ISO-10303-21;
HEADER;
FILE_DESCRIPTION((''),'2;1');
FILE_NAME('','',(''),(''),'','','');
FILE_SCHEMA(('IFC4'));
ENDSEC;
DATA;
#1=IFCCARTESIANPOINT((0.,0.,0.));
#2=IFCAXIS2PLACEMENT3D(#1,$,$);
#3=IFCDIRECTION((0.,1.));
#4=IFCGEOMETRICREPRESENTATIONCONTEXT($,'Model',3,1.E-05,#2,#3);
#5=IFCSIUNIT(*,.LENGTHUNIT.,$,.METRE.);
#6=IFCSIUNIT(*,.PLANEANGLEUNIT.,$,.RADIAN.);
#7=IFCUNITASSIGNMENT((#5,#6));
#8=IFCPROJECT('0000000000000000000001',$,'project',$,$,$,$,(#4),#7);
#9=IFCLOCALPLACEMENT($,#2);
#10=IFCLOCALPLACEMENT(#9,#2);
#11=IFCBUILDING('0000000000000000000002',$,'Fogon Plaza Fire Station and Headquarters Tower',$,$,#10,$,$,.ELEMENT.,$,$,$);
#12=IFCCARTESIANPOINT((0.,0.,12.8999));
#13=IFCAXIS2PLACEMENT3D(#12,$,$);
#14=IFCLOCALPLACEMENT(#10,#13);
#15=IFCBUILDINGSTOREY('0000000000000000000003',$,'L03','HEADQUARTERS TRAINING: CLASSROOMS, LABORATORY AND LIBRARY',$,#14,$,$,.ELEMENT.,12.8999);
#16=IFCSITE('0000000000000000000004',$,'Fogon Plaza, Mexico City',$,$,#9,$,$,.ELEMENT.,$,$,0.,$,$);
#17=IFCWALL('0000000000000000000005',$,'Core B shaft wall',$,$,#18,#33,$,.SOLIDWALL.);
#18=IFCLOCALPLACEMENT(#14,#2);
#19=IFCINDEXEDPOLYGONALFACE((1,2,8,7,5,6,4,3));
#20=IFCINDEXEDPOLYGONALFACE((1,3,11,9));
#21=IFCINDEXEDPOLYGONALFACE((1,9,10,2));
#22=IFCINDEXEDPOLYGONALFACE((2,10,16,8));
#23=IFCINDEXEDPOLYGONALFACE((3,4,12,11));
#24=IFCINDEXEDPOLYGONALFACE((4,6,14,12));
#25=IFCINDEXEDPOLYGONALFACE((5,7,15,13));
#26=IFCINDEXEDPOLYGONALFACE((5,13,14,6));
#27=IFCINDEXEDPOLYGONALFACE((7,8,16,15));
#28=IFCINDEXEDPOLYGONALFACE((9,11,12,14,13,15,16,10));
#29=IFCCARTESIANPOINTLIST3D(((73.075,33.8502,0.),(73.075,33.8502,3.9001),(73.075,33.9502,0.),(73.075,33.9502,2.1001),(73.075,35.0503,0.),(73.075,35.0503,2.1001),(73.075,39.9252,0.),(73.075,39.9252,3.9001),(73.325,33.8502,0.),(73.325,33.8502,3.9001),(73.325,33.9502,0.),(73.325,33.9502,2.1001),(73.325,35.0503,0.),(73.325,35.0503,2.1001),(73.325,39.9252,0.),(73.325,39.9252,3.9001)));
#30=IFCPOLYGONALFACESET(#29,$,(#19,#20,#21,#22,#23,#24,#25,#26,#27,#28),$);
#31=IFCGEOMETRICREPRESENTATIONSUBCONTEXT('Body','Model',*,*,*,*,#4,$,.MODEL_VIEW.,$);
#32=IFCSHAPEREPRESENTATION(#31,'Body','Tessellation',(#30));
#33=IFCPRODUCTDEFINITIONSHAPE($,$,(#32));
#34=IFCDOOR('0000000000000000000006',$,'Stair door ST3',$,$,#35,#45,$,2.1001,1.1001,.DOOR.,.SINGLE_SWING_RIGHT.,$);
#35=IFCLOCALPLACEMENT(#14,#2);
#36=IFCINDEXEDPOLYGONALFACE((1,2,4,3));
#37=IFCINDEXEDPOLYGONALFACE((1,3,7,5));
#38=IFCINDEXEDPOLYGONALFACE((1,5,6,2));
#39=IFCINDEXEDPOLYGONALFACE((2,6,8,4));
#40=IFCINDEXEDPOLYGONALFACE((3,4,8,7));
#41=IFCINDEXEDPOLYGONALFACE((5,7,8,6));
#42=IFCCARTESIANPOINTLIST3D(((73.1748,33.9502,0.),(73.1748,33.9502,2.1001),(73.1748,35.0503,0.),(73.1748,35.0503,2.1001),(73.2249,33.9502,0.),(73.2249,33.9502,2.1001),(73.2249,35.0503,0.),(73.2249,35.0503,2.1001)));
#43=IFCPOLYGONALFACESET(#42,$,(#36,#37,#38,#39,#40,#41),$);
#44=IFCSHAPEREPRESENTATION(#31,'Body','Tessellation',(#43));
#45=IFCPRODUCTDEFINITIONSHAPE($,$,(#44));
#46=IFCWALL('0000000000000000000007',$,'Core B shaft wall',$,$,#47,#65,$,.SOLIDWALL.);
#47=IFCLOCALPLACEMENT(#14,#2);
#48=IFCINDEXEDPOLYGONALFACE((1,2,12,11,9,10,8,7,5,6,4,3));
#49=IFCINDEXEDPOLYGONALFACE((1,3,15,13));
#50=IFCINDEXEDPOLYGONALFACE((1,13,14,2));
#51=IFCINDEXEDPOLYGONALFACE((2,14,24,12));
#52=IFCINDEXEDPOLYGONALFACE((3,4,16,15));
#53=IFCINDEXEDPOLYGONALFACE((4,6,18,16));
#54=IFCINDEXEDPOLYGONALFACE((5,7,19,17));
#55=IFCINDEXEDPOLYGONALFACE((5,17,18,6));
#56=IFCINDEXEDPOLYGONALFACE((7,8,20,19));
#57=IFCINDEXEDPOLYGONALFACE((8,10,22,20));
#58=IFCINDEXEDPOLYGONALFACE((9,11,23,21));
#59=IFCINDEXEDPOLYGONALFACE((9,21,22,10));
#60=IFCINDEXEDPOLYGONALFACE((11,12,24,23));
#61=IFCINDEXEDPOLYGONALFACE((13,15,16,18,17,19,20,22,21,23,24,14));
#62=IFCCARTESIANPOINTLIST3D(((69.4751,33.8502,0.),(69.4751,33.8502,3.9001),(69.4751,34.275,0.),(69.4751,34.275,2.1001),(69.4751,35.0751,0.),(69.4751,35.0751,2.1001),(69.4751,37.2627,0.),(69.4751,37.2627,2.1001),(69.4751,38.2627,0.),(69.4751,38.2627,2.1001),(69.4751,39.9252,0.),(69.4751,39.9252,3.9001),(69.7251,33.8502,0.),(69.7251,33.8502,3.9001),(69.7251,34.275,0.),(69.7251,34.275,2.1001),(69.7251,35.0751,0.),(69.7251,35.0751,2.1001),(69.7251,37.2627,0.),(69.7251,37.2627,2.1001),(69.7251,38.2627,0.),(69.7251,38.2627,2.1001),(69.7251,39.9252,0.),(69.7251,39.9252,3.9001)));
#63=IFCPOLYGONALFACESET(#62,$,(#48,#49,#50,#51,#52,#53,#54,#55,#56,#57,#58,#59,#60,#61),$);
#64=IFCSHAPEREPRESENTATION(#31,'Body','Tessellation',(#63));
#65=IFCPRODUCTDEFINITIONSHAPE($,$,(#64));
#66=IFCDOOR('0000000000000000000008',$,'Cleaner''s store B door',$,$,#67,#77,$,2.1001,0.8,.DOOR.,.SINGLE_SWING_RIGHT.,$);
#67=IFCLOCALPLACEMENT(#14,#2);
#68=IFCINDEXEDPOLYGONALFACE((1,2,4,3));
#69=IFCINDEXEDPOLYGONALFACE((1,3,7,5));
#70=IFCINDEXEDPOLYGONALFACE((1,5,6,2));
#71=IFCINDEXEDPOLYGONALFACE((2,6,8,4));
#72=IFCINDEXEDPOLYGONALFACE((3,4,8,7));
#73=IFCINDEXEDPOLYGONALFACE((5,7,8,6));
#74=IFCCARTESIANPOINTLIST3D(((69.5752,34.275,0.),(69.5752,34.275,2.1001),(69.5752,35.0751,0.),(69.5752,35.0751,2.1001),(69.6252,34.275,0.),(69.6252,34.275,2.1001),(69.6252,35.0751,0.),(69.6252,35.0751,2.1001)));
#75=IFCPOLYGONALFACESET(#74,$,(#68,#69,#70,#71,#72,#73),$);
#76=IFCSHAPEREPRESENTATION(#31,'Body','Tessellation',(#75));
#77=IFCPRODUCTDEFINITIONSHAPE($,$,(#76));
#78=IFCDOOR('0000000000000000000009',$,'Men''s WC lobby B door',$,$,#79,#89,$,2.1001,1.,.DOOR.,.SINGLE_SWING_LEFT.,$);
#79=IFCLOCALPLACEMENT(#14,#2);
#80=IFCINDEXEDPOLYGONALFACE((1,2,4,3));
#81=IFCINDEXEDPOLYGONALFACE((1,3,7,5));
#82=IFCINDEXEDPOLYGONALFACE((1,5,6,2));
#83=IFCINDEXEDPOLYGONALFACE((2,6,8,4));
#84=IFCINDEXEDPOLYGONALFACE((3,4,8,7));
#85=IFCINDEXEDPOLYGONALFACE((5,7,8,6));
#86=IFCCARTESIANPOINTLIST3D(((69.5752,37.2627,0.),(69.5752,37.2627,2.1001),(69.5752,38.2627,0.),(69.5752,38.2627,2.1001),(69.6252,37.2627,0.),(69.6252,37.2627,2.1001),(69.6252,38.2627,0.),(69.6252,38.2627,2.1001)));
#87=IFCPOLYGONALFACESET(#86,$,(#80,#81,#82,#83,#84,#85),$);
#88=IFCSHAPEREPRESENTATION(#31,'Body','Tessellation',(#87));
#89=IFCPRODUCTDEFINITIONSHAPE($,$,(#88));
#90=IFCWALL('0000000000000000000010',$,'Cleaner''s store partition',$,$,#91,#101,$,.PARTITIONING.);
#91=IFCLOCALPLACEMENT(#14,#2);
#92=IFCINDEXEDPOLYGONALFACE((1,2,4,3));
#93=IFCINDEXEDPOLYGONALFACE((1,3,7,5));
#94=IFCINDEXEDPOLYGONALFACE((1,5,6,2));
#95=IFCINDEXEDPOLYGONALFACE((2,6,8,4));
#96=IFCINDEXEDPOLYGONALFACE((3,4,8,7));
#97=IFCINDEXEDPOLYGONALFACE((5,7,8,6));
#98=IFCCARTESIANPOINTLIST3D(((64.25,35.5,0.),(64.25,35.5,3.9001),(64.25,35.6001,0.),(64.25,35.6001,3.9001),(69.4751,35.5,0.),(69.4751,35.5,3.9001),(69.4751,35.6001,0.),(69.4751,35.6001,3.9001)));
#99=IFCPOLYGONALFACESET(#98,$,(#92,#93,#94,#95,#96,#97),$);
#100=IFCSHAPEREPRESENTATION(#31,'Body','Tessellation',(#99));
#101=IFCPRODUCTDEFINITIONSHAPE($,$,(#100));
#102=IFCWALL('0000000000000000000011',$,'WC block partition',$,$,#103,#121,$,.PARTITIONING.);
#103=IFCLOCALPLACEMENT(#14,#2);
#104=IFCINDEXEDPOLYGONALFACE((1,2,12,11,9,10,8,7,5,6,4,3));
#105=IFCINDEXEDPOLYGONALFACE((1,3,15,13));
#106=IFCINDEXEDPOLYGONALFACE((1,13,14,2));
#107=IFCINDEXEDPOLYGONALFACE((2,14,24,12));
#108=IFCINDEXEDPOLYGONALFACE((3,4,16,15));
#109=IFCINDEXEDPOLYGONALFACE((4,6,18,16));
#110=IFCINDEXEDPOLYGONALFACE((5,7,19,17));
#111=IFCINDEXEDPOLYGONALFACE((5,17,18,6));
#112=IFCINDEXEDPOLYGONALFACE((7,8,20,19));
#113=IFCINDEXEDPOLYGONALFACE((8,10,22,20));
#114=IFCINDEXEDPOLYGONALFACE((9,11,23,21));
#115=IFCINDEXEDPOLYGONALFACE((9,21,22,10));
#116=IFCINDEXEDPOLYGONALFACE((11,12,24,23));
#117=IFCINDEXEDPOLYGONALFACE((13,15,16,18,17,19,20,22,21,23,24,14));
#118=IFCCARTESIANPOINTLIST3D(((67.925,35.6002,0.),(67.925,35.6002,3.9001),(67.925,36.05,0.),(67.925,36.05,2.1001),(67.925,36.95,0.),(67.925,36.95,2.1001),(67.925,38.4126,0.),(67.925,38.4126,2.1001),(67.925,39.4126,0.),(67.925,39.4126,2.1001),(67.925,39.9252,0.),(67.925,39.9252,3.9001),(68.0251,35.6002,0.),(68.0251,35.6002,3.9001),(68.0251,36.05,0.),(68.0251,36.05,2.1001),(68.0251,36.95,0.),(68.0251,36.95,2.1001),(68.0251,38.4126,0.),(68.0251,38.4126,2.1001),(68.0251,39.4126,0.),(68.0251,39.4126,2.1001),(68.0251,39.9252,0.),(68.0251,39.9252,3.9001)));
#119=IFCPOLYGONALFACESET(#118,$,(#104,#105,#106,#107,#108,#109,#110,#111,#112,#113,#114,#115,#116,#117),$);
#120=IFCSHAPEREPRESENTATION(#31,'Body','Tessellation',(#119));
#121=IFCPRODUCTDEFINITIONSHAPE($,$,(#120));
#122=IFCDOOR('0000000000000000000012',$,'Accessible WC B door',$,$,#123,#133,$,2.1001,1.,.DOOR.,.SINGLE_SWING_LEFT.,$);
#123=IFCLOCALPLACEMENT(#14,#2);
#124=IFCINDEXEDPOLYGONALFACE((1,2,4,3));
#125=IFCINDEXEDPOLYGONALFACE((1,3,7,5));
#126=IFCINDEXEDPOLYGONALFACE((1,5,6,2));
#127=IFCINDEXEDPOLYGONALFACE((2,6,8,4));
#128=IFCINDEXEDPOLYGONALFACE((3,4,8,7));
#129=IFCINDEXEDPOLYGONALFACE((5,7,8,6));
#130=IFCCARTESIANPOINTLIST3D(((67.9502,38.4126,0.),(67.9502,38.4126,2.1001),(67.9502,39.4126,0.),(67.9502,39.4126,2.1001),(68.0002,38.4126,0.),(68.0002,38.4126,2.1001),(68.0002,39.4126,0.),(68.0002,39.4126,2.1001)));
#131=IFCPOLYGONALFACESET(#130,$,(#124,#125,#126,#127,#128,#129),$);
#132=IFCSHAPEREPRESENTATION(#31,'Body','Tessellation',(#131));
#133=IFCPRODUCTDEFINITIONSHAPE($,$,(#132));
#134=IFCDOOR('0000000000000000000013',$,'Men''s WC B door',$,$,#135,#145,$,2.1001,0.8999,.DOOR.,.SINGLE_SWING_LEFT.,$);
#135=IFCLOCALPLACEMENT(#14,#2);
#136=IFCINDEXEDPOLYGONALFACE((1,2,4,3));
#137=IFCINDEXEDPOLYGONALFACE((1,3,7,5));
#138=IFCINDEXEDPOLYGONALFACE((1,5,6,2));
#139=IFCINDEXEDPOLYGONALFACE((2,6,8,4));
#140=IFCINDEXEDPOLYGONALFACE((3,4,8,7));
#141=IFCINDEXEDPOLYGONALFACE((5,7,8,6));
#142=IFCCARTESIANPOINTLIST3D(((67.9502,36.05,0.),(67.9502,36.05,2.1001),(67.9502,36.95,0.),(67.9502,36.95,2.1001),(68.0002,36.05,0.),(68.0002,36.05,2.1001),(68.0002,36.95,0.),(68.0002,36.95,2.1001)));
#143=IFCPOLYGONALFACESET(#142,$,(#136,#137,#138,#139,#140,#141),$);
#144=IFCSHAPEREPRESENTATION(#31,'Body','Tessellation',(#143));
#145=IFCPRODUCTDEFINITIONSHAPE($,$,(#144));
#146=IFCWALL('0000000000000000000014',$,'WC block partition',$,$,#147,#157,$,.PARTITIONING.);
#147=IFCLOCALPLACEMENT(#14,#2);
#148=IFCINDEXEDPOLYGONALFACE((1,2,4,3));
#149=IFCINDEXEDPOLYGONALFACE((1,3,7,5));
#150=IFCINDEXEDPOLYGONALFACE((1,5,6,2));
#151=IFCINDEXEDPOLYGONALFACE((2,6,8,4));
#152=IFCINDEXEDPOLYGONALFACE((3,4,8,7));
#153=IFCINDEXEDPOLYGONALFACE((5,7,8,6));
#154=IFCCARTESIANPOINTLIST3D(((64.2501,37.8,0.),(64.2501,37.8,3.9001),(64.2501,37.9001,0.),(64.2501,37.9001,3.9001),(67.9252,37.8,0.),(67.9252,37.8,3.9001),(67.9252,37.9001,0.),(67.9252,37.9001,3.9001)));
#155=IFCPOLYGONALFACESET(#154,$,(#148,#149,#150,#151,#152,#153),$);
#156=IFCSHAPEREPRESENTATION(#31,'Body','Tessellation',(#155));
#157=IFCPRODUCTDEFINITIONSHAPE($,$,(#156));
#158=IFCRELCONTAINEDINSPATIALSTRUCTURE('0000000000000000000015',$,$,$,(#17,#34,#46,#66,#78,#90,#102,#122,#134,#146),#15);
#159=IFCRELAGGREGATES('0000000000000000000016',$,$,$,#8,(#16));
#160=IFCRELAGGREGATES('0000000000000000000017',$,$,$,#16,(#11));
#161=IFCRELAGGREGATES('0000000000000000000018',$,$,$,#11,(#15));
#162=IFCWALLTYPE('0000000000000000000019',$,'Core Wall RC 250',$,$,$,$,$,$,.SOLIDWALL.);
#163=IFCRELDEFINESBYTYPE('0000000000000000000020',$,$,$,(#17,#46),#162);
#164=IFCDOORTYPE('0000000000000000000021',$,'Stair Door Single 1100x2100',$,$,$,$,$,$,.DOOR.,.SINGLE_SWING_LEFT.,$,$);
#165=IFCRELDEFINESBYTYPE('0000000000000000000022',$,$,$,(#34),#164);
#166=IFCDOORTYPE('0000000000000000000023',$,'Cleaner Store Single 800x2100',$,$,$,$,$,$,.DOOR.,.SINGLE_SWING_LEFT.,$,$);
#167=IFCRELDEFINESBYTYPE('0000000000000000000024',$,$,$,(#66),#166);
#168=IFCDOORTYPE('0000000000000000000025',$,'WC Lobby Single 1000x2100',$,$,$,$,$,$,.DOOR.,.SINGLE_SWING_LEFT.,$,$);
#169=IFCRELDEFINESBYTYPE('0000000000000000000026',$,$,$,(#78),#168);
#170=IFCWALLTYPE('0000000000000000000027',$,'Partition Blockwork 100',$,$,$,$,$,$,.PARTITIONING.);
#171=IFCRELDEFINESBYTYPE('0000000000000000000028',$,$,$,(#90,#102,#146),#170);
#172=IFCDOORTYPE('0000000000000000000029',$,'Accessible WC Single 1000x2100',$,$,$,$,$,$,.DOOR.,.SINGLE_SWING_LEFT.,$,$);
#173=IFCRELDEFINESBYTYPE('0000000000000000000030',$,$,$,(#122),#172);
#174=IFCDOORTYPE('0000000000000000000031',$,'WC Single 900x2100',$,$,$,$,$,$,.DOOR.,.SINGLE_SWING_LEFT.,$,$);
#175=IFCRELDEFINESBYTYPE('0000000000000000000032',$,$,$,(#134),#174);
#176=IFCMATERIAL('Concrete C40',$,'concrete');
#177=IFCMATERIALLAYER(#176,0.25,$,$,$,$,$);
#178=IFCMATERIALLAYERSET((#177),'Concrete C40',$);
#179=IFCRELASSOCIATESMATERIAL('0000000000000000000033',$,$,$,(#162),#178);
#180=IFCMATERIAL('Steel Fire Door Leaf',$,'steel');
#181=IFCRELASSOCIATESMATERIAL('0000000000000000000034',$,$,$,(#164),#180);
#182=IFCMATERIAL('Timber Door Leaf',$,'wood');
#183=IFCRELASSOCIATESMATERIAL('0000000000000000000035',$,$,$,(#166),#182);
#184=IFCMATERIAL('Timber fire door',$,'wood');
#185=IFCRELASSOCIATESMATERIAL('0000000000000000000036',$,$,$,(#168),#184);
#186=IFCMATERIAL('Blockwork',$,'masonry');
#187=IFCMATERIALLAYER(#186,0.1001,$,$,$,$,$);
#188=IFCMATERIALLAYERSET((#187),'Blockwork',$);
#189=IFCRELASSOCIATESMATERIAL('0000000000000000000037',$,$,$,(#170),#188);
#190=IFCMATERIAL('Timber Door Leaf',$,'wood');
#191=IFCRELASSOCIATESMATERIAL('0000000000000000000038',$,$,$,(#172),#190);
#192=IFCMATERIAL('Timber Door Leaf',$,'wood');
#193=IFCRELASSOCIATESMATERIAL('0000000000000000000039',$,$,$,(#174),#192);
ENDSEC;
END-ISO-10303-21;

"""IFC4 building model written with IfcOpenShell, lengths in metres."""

from ifc_helpers import new_model, si_unit, direction, frame, frame_2d, origin, place, context, subcontext, project, spatial, rectangle, extrude, material, layer, layer_set, type_object, element, fill, save


model = new_model("IFC4")

# Units and contexts
model_context = context("Model", 3, precision=1e-05, world=origin(), true_north=direction((0.0, 1.0)))
body_context = subcontext(model_context, "Body", "Model", "MODEL_VIEW")
ifc_project = project(units=[si_unit("LENGTHUNIT", "METRE"), si_unit("PLANEANGLEUNIT", "RADIAN")], contexts=[model_context])

# Site, building, storey
site_placement = place(None, origin())
site = spatial("IfcSite", under=ifc_project, at=site_placement, Name="Fogon Plaza, Mexico City", CompositionType="ELEMENT", RefElevation=0.0)
building_placement = place(site_placement, origin())
building = spatial("IfcBuilding", under=site, at=building_placement, Name="Fogon Plaza Fire Station and Headquarters Tower", CompositionType="ELEMENT")
storey_placement = place(building_placement, frame((0.0, 0.0, 12.8999)))
storey = spatial("IfcBuildingStorey", under=building, at=storey_placement, Name="L03", Description="HEADQUARTERS TRAINING: CLASSROOMS, LABORATORY AND LIBRARY", CompositionType="ELEMENT", Elevation=12.8999)

# Wall, opening, door
ifc_material_1 = material(Name="Concrete C40", Category="concrete")
ifc_layer_1 = layer(ifc_material_1, 0.25)
ifc_layer_set_1 = layer_set([ifc_layer_1], Name="Concrete C40")
wall_type_1 = type_object("IfcWallType", Name="Core Wall RC 250", PredefinedType="SOLIDWALL", material=ifc_layer_set_1)
wall_1_placement = place(storey_placement, frame((73.2, 33.8501, 0.0), z_axis=(0.0, 0.0, 1.0), x_axis=(0.0, 1.0, 0.0)))
wall_1 = element("IfcWall", 1, at=wall_1_placement, inside=storey, type_object=wall_type_1, Name="Core B shaft wall", PredefinedType="SOLIDWALL", context=body_context, shape_type="SweptSolid", body=[
    extrude(rectangle(XDim=6.075, YDim=0.25, at=frame_2d((3.0376, 0.0))), origin(), (0.0, 0.0, 1.0), 3.9001),
])
opening_1_placement = place(wall_1_placement, frame((0.1001, 0.0, 0.0)))
opening_1 = element("IfcOpeningElement", 2, at=opening_1_placement, cuts=wall_1, PredefinedType="OPENING", context=body_context, shape_type="SweptSolid", body=[
    extrude(rectangle(XDim=1.1001, YDim=2.1001, at=frame_2d((0.55, 1.05))), frame((0.0, 0.135, 0.0), z_axis=(0.0, -1.0, 0.0), x_axis=(1.0, 0.0, 0.0)), (0.0, 0.0, 1.0), 0.27),
])
ifc_material_2 = material(Name="Steel Fire Door Leaf", Category="steel")
door_type_1 = type_object("IfcDoorType", Name="Stair Door Single 1100x2100", OperationType="SINGLE_SWING_LEFT", PredefinedType="DOOR", material=ifc_material_2)
door_1_placement = place(opening_1_placement, frame((1.1001, 0.0, 0.0), z_axis=(0.0, 0.0, 1.0), x_axis=(-1.0, 0.0, 0.0)))
door_1 = element("IfcDoor", 3, at=door_1_placement, inside=storey, type_object=door_type_1, Name="Stair door ST3", OperationType="SINGLE_SWING_RIGHT", OverallHeight=2.1001, OverallWidth=1.1001, PredefinedType="DOOR", context=body_context, shape_type="SweptSolid", body=[
    extrude(rectangle(XDim=1.1001, YDim=2.1001, at=frame_2d((0.55, 1.05))), frame((0.0, 0.0249, 0.0), z_axis=(0.0, -1.0, 0.0), x_axis=(1.0, 0.0, 0.0)), (0.0, 0.0, 1.0), 0.05),
])
fill(opening_1, door_1)

# Wall, openings, doors
wall_2_placement = place(storey_placement, frame((69.6001, 33.8501, 0.0), z_axis=(0.0, 0.0, 1.0), x_axis=(0.0, 1.0, 0.0)))
wall_2 = element("IfcWall", 4, at=wall_2_placement, inside=storey, type_object=wall_type_1, Name="Core B shaft wall", PredefinedType="SOLIDWALL", context=body_context, shape_type="SweptSolid", body=[
    extrude(rectangle(XDim=6.075, YDim=0.25, at=frame_2d((3.0376, 0.0))), origin(), (0.0, 0.0, 1.0), 3.9001),
])
opening_2_placement = place(wall_2_placement, frame((0.425, 0.0, 0.0)))
opening_2 = element("IfcOpeningElement", 5, at=opening_2_placement, cuts=wall_2, PredefinedType="OPENING", context=body_context, shape_type="SweptSolid", body=[
    extrude(rectangle(XDim=0.8, YDim=2.1001, at=frame_2d((0.3999, 1.05))), frame((0.0, 0.135, 0.0), z_axis=(0.0, -1.0, 0.0), x_axis=(1.0, 0.0, 0.0)), (0.0, 0.0, 1.0), 0.27),
])
opening_3_placement = place(wall_2_placement, frame((3.4126, 0.0, 0.0)))
opening_3 = element("IfcOpeningElement", 6, at=opening_3_placement, cuts=wall_2, PredefinedType="OPENING", context=body_context, shape_type="SweptSolid", body=[
    extrude(rectangle(XDim=1.0, YDim=2.1001, at=frame_2d((0.5, 1.05))), frame((0.0, 0.135, 0.0), z_axis=(0.0, -1.0, 0.0), x_axis=(1.0, 0.0, 0.0)), (0.0, 0.0, 1.0), 0.27),
])
ifc_material_3 = material(Name="Timber Door Leaf", Category="wood")
door_type_2 = type_object("IfcDoorType", Name="Cleaner Store Single 800x2100", OperationType="SINGLE_SWING_LEFT", PredefinedType="DOOR", material=ifc_material_3)
door_2_placement = place(opening_2_placement, origin())
door_2 = element("IfcDoor", 7, at=door_2_placement, inside=storey, type_object=door_type_2, Name="Cleaner's store B door", OperationType="SINGLE_SWING_RIGHT", OverallHeight=2.1001, OverallWidth=0.8, PredefinedType="DOOR", context=body_context, shape_type="SweptSolid", body=[
    extrude(rectangle(XDim=0.8, YDim=2.1001, at=frame_2d((0.3999, 1.05))), frame((0.0, 0.0249, 0.0), z_axis=(0.0, -1.0, 0.0), x_axis=(1.0, 0.0, 0.0)), (0.0, 0.0, 1.0), 0.05),
])
fill(opening_2, door_2)
ifc_material_4 = material(Name="Timber fire door", Category="wood")
door_type_3 = type_object("IfcDoorType", Name="WC Lobby Single 1000x2100", OperationType="SINGLE_SWING_LEFT", PredefinedType="DOOR", material=ifc_material_4)
door_3_placement = place(opening_3_placement, origin())
door_3 = element("IfcDoor", 8, at=door_3_placement, inside=storey, type_object=door_type_3, Name="Men's WC lobby B door", OperationType="SINGLE_SWING_LEFT", OverallHeight=2.1001, OverallWidth=1.0, PredefinedType="DOOR", context=body_context, shape_type="SweptSolid", body=[
    extrude(rectangle(XDim=1.0, YDim=2.1001, at=frame_2d((0.5, 1.05))), frame((0.0, 0.0249, 0.0), z_axis=(0.0, -1.0, 0.0), x_axis=(1.0, 0.0, 0.0)), (0.0, 0.0, 1.0), 0.05),
])
fill(opening_3, door_3)

# Wall
ifc_material_5 = material(Name="Blockwork", Category="masonry")
ifc_layer_2 = layer(ifc_material_5, 0.1001)
ifc_layer_set_2 = layer_set([ifc_layer_2], Name="Blockwork")
wall_type_2 = type_object("IfcWallType", Name="Partition Blockwork 100", PredefinedType="PARTITIONING", material=ifc_layer_set_2)
wall_3_placement = place(storey_placement, frame((69.4751, 35.55, 0.0), z_axis=(0.0, 0.0, 1.0), x_axis=(-1.0, 0.0, 0.0)))
element("IfcWall", 9, at=wall_3_placement, inside=storey, type_object=wall_type_2, Name="Cleaner's store partition", PredefinedType="PARTITIONING", context=body_context, shape_type="SweptSolid", body=[
    extrude(rectangle(XDim=5.2251, YDim=0.1001, at=frame_2d((2.6125, 0.0))), origin(), (0.0, 0.0, 1.0), 3.9001),
])

# Wall, openings, doors
wall_4_placement = place(storey_placement, frame((67.9751, 35.6001, 0.0), z_axis=(0.0, 0.0, 1.0), x_axis=(0.0, 1.0, 0.0)))
wall_4 = element("IfcWall", 10, at=wall_4_placement, inside=storey, type_object=wall_type_2, Name="WC block partition", PredefinedType="PARTITIONING", context=body_context, shape_type="SweptSolid", body=[
    extrude(rectangle(XDim=4.325, YDim=0.1001, at=frame_2d((2.1626, 0.0))), origin(), (0.0, 0.0, 1.0), 3.9001),
])
opening_4_placement = place(wall_4_placement, frame((0.45, 0.0, 0.0)))
opening_4 = element("IfcOpeningElement", 11, at=opening_4_placement, cuts=wall_4, PredefinedType="OPENING", context=body_context, shape_type="SweptSolid", body=[
    extrude(rectangle(XDim=0.8999, YDim=2.1001, at=frame_2d((0.45, 1.05))), frame((0.0, 0.0601, 0.0), z_axis=(0.0, -1.0, 0.0), x_axis=(1.0, 0.0, 0.0)), (0.0, 0.0, 1.0), 0.1201),
])
opening_5_placement = place(wall_4_placement, frame((2.8125, 0.0, 0.0)))
opening_5 = element("IfcOpeningElement", 12, at=opening_5_placement, cuts=wall_4, PredefinedType="OPENING", context=body_context, shape_type="SweptSolid", body=[
    extrude(rectangle(XDim=1.0, YDim=2.1001, at=frame_2d((0.5, 1.05))), frame((0.0, 0.0601, 0.0), z_axis=(0.0, -1.0, 0.0), x_axis=(1.0, 0.0, 0.0)), (0.0, 0.0, 1.0), 0.1201),
])
ifc_material_6 = material(Name="Timber Door Leaf", Category="wood")
door_type_4 = type_object("IfcDoorType", Name="Accessible WC Single 1000x2100", OperationType="SINGLE_SWING_LEFT", PredefinedType="DOOR", material=ifc_material_6)
door_4_placement = place(opening_5_placement, origin())
door_4 = element("IfcDoor", 13, at=door_4_placement, inside=storey, type_object=door_type_4, Name="Accessible WC B door", OperationType="SINGLE_SWING_LEFT", OverallHeight=2.1001, OverallWidth=1.0, PredefinedType="DOOR", context=body_context, shape_type="SweptSolid", body=[
    extrude(rectangle(XDim=1.0, YDim=2.1001, at=frame_2d((0.5, 1.05))), frame((0.0, 0.0249, 0.0), z_axis=(0.0, -1.0, 0.0), x_axis=(1.0, 0.0, 0.0)), (0.0, 0.0, 1.0), 0.05),
])
fill(opening_5, door_4)
ifc_material_7 = material(Name="Timber Door Leaf", Category="wood")
door_type_5 = type_object("IfcDoorType", Name="WC Single 900x2100", OperationType="SINGLE_SWING_LEFT", PredefinedType="DOOR", material=ifc_material_7)
door_5_placement = place(opening_4_placement, origin())
door_5 = element("IfcDoor", 14, at=door_5_placement, inside=storey, type_object=door_type_5, Name="Men's WC B door", OperationType="SINGLE_SWING_LEFT", OverallHeight=2.1001, OverallWidth=0.8999, PredefinedType="DOOR", context=body_context, shape_type="SweptSolid", body=[
    extrude(rectangle(XDim=0.8999, YDim=2.1001, at=frame_2d((0.45, 1.05))), frame((0.0, 0.0249, 0.0), z_axis=(0.0, -1.0, 0.0), x_axis=(1.0, 0.0, 0.0)), (0.0, 0.0, 1.0), 0.05),
])
fill(opening_4, door_5)

# Wall
wall_5_placement = place(storey_placement, frame((67.925, 37.8501, 0.0), z_axis=(0.0, 0.0, 1.0), x_axis=(-1.0, 0.0, 0.0)))
element("IfcWall", 15, at=wall_5_placement, inside=storey, type_object=wall_type_2, Name="WC block partition", PredefinedType="PARTITIONING", context=body_context, shape_type="SweptSolid", body=[
    extrude(rectangle(XDim=3.675, YDim=0.1001, at=frame_2d((1.8374, 0.0))), origin(), (0.0, 0.0, 1.0), 3.9001),
])

save(model, "model.ifc")
